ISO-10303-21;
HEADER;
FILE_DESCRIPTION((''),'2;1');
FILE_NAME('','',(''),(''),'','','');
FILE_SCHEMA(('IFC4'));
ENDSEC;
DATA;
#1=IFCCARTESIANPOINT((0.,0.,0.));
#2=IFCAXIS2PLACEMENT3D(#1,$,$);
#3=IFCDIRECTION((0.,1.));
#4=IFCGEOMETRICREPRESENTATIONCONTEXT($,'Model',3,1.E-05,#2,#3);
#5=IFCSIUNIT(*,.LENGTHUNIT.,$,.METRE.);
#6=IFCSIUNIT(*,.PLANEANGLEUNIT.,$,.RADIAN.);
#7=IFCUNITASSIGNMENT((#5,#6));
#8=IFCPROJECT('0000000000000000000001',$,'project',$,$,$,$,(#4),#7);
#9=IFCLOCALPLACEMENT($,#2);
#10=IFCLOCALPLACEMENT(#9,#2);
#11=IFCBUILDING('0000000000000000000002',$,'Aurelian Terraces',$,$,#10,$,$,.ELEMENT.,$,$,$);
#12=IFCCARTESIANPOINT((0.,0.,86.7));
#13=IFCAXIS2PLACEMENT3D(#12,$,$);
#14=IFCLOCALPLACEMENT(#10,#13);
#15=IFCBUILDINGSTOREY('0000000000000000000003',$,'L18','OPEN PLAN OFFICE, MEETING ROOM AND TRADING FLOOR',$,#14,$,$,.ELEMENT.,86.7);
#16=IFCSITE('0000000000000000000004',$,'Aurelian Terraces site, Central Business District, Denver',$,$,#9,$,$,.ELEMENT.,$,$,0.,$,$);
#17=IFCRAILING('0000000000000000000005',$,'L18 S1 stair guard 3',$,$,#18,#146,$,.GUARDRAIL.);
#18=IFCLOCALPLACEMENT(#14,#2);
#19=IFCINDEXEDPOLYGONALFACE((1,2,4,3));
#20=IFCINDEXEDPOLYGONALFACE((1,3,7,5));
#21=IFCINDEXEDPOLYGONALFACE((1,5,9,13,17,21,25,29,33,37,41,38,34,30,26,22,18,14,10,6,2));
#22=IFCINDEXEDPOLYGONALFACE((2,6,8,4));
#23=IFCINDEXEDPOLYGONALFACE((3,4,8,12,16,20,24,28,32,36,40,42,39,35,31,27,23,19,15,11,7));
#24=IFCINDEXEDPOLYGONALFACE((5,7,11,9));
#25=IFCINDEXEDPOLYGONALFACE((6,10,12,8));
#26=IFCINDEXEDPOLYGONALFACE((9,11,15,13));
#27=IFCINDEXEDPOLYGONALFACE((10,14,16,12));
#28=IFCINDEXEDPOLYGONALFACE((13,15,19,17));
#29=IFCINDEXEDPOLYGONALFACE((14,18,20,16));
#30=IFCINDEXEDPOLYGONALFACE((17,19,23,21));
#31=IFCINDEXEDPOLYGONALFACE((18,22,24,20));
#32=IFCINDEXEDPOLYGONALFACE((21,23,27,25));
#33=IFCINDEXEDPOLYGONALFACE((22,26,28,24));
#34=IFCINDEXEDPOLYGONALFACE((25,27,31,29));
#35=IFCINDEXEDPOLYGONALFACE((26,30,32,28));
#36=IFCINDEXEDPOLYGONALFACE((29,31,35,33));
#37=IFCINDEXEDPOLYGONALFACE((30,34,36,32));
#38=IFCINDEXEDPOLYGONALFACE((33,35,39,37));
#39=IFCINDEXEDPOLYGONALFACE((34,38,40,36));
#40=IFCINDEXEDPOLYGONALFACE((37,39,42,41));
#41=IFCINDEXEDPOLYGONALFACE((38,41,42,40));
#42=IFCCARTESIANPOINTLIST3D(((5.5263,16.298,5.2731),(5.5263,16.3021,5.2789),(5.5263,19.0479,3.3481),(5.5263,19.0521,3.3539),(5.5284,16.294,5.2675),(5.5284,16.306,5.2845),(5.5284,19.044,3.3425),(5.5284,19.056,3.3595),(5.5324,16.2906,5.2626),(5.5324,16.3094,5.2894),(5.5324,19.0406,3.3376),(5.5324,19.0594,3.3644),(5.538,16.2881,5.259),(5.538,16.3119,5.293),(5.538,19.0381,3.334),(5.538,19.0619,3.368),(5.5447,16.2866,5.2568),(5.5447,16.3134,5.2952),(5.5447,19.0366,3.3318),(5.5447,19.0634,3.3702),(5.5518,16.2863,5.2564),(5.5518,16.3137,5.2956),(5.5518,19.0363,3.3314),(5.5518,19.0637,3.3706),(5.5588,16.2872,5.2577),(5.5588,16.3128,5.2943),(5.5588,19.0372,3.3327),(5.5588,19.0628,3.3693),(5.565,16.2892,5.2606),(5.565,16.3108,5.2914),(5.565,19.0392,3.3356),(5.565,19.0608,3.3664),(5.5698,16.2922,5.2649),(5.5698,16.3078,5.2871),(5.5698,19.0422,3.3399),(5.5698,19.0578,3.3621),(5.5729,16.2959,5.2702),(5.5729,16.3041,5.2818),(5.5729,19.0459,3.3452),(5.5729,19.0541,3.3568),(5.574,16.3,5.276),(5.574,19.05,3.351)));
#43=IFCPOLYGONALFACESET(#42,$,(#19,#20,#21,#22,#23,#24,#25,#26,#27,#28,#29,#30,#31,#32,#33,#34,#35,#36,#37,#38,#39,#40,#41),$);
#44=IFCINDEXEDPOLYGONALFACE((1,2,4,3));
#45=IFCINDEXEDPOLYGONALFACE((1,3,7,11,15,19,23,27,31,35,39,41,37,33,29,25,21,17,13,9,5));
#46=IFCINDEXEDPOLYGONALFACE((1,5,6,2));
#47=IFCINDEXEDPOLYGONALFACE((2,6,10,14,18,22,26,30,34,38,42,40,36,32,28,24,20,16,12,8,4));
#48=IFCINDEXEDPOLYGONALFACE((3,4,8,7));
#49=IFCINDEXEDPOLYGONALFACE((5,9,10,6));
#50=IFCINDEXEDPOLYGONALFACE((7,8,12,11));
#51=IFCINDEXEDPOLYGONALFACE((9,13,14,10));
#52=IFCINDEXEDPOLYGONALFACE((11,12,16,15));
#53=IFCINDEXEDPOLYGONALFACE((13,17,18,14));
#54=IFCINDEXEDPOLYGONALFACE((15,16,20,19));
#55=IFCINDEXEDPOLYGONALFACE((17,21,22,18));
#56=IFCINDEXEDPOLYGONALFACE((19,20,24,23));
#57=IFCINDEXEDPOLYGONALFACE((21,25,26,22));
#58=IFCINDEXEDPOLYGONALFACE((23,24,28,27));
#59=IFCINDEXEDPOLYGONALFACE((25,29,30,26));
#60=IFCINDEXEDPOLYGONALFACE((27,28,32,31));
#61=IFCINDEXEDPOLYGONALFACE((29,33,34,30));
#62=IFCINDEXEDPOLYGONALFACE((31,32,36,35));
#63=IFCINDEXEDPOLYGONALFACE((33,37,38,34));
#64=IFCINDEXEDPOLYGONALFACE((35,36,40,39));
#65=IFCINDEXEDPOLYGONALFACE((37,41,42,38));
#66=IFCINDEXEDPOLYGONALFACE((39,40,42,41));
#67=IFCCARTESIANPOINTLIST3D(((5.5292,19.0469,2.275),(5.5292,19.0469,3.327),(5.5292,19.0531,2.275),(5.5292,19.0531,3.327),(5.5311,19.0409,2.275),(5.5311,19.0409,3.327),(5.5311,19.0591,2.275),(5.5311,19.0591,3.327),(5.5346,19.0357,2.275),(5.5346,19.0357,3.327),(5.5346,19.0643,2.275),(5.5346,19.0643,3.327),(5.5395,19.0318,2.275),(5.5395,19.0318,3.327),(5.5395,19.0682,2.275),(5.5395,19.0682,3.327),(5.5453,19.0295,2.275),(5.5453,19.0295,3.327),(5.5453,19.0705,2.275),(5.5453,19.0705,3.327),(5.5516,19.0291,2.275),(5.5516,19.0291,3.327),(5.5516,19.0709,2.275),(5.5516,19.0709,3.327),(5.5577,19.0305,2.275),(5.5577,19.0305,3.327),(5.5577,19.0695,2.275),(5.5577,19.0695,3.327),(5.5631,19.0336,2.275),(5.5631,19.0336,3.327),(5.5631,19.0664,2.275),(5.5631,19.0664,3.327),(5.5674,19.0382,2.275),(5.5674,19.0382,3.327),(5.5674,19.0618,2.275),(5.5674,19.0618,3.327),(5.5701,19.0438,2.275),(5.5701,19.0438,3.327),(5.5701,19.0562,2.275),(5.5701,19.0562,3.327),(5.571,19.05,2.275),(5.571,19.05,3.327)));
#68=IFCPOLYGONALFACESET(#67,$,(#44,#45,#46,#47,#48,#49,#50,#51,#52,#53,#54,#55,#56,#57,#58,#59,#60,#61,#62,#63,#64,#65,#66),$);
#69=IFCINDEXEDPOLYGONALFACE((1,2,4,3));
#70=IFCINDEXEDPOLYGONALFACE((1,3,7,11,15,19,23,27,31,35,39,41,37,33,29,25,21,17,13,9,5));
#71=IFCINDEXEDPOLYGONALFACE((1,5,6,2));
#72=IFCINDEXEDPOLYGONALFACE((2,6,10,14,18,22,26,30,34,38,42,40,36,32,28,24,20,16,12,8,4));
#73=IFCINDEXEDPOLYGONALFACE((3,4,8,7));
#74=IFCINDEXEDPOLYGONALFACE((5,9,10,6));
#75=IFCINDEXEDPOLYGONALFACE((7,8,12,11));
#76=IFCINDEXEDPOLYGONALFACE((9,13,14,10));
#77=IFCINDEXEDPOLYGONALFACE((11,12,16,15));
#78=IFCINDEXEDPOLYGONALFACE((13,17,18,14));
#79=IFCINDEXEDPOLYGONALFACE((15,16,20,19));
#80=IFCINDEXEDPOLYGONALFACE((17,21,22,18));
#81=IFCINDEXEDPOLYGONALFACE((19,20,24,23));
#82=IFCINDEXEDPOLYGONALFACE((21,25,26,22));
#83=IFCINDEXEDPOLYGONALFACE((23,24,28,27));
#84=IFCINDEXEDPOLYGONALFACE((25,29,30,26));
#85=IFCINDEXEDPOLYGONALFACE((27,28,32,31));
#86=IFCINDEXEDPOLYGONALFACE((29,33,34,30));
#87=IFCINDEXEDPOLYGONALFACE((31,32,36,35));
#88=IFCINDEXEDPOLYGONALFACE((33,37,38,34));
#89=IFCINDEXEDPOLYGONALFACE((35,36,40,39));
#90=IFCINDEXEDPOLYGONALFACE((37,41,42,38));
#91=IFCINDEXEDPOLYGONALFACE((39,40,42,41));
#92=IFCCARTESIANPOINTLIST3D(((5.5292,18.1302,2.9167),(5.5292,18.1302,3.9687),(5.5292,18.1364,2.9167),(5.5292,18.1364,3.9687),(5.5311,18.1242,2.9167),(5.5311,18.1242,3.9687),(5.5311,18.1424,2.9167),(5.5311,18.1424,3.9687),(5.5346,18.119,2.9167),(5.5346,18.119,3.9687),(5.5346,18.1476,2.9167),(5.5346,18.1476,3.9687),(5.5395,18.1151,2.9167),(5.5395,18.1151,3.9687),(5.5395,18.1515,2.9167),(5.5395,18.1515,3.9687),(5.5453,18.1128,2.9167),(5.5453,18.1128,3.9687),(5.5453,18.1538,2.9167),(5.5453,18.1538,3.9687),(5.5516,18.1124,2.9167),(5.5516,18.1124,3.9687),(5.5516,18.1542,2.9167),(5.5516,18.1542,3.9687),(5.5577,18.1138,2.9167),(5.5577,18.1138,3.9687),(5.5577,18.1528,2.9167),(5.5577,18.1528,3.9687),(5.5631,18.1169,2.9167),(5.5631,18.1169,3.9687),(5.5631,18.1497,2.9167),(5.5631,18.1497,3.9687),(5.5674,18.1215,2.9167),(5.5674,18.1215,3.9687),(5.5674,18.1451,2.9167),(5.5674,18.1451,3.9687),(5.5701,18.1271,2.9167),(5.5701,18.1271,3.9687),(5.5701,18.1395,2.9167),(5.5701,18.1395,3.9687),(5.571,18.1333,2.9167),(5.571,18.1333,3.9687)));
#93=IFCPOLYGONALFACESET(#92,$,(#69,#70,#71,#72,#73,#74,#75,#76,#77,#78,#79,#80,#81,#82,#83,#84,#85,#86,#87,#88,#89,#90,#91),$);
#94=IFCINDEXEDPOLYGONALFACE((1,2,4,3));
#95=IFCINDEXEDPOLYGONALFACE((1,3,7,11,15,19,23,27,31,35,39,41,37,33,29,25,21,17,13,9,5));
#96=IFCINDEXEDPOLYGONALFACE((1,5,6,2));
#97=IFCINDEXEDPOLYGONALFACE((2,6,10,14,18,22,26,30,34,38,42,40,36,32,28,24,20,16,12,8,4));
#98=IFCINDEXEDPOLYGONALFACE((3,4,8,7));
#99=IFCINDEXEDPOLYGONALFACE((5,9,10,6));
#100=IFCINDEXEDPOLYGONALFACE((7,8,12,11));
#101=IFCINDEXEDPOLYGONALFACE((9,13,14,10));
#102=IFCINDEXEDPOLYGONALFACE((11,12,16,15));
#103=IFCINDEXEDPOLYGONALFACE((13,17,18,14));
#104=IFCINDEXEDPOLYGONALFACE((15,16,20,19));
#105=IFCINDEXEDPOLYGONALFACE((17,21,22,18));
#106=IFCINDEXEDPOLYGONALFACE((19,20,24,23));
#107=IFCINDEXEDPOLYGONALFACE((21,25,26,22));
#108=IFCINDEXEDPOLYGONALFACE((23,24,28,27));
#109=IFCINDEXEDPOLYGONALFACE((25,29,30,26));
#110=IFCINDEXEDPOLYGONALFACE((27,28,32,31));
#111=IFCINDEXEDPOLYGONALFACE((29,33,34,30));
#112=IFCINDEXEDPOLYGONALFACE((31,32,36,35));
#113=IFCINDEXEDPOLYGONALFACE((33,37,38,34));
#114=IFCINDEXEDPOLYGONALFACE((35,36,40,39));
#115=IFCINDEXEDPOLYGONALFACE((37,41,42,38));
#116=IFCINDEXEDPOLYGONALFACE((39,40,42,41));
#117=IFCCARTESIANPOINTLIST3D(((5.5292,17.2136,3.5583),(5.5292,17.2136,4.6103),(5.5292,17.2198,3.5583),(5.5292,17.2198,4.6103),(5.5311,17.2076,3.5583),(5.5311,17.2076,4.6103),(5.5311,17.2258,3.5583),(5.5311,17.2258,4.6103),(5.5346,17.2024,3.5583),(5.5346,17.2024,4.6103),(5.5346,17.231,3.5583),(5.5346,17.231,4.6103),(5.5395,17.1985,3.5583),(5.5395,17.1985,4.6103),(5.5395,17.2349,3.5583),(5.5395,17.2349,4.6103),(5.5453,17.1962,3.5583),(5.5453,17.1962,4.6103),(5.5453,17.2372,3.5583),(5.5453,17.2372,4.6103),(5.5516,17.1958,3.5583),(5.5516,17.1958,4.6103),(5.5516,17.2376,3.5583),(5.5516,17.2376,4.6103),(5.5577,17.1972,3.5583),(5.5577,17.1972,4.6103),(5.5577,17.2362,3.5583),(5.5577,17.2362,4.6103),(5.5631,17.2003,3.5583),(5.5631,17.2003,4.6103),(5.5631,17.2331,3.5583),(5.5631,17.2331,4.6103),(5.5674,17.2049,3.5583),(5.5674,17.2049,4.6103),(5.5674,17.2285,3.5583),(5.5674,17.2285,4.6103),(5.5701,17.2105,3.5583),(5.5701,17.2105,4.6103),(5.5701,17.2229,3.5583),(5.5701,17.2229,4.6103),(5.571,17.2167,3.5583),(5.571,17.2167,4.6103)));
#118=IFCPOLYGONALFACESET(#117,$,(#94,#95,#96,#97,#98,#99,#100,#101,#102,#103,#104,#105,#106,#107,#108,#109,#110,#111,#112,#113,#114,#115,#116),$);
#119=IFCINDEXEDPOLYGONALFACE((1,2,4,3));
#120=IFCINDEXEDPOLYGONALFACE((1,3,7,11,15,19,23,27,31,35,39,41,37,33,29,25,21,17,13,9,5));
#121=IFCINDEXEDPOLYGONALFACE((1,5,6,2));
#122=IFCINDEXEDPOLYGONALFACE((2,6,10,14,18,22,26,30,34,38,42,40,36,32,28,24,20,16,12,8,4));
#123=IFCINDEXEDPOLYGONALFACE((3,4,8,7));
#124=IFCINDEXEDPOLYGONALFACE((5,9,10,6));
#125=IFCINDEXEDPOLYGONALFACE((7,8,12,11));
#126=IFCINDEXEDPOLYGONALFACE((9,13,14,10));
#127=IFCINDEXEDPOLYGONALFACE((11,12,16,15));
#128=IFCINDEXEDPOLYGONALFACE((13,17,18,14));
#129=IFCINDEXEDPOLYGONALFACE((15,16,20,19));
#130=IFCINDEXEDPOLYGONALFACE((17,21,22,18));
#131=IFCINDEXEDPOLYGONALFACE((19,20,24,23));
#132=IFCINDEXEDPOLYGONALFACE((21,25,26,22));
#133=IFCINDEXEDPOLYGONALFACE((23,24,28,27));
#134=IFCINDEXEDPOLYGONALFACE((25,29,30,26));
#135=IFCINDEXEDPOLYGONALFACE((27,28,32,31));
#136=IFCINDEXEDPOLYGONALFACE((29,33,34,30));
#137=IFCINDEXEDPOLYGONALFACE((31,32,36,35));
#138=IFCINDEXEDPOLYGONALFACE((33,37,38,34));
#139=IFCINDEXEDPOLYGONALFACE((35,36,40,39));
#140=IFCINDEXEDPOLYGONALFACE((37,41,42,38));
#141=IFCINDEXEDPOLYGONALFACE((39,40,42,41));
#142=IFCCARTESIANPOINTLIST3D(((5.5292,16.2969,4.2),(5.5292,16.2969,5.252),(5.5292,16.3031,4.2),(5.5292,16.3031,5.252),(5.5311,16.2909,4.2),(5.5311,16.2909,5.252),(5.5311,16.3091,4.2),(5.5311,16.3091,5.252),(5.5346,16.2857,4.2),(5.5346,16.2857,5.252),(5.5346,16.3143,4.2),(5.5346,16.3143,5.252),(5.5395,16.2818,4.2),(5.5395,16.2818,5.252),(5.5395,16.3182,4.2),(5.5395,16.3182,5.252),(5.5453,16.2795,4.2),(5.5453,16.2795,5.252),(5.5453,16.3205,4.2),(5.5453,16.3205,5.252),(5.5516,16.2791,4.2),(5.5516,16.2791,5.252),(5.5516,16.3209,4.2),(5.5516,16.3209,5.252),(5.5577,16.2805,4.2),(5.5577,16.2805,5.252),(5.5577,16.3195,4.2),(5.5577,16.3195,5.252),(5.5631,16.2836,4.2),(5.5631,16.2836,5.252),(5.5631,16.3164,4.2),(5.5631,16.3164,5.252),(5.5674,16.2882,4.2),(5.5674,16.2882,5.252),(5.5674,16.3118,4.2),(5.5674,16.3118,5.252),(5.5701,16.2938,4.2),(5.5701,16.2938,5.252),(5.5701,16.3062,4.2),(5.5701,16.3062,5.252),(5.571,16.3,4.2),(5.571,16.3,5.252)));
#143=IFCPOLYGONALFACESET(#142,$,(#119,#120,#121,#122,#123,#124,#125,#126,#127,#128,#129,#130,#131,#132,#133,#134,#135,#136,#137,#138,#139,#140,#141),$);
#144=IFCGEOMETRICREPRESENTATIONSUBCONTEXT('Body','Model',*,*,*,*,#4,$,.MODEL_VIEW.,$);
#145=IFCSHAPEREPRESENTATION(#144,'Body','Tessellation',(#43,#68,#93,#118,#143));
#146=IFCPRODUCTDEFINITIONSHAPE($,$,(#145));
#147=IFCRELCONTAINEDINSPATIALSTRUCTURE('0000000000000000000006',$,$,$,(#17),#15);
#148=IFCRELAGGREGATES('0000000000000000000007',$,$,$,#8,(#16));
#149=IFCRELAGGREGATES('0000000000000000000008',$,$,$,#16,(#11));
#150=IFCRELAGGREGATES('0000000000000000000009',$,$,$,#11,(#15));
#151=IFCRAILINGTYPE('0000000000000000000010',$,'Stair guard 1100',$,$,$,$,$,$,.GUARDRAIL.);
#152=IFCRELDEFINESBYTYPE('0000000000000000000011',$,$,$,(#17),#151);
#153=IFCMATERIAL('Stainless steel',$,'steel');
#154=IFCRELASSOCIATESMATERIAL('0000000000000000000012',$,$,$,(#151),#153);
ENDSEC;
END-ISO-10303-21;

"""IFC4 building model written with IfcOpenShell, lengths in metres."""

from ifc_helpers import new_model, si_unit, direction, frame, origin, origin_2d, place, context, subcontext, project, spatial, circle, extrude, source, transform, mapped, material, type_object, element, save


model = new_model("IFC4")

# Units and contexts
model_context = context("Model", 3, precision=1e-05, world=origin(), true_north=direction((0.0, 1.0)))
body_context = subcontext(model_context, "Body", "Model", "MODEL_VIEW")
ifc_project = project(units=[si_unit("LENGTHUNIT", "METRE"), si_unit("PLANEANGLEUNIT", "RADIAN")], contexts=[model_context])

# Site, building, storey
site_placement = place(None, origin())
site = spatial("IfcSite", under=ifc_project, at=site_placement, Name="Aurelian Terraces site, Central Business District, Denver", CompositionType="ELEMENT", RefElevation=0.0)
building_placement = place(site_placement, origin())
building = spatial("IfcBuilding", under=site, at=building_placement, Name="Aurelian Terraces", CompositionType="ELEMENT")
storey_placement = place(building_placement, frame((0.0, 0.0, 86.7)))
storey = spatial("IfcBuildingStorey", under=building, at=storey_placement, Name="L18", Description="OPEN PLAN OFFICE, MEETING ROOM AND TRADING FLOOR", CompositionType="ELEMENT", Elevation=86.7)

# Railing
ifc_material_1 = material(Name="Stainless steel", Category="steel")
railing_type_1 = type_object("IfcRailingType", Name="Stair guard 1100", PredefinedType="GUARDRAIL", material=ifc_material_1)
shared_shape_1 = source(origin(), body_context, "Body", "SweptSolid", [
    extrude(circle(Radius=0.024, at=origin_2d()), frame((0.0, 0.0, 1.076), z_axis=(0.0, -0.819232, 0.573462), x_axis=(1.0, 0.0, 0.0)), (0.0, 0.0, 1.0), 3.3568),
    extrude(circle(Radius=0.021, at=origin_2d()), origin(), (0.0, 0.0, 1.0), 1.052),
    extrude(circle(Radius=0.021, at=origin_2d()), frame((0.0, -0.9167, 0.6417)), (0.0, 0.0, 1.0), 1.052),
    extrude(circle(Radius=0.021, at=origin_2d()), frame((0.0, -1.8333, 1.2833)), (0.0, 0.0, 1.0), 1.052),
    extrude(circle(Radius=0.021, at=origin_2d()), frame((0.0, -2.75, 1.925)), (0.0, 0.0, 1.0), 1.052),
])
railing_1_placement = place(storey_placement, frame((5.55, 19.05, 2.275)))
element("IfcRailing", 1, at=railing_1_placement, inside=storey, type_object=railing_type_1, Name="L18 S1 stair guard 3", PredefinedType="GUARDRAIL", context=body_context, shape_type="MappedRepresentation", body=[
    mapped(shared_shape_1, transform((0.0, 0.0, 0.0), scale=1.0)),
])

save(model, "model.ifc")
